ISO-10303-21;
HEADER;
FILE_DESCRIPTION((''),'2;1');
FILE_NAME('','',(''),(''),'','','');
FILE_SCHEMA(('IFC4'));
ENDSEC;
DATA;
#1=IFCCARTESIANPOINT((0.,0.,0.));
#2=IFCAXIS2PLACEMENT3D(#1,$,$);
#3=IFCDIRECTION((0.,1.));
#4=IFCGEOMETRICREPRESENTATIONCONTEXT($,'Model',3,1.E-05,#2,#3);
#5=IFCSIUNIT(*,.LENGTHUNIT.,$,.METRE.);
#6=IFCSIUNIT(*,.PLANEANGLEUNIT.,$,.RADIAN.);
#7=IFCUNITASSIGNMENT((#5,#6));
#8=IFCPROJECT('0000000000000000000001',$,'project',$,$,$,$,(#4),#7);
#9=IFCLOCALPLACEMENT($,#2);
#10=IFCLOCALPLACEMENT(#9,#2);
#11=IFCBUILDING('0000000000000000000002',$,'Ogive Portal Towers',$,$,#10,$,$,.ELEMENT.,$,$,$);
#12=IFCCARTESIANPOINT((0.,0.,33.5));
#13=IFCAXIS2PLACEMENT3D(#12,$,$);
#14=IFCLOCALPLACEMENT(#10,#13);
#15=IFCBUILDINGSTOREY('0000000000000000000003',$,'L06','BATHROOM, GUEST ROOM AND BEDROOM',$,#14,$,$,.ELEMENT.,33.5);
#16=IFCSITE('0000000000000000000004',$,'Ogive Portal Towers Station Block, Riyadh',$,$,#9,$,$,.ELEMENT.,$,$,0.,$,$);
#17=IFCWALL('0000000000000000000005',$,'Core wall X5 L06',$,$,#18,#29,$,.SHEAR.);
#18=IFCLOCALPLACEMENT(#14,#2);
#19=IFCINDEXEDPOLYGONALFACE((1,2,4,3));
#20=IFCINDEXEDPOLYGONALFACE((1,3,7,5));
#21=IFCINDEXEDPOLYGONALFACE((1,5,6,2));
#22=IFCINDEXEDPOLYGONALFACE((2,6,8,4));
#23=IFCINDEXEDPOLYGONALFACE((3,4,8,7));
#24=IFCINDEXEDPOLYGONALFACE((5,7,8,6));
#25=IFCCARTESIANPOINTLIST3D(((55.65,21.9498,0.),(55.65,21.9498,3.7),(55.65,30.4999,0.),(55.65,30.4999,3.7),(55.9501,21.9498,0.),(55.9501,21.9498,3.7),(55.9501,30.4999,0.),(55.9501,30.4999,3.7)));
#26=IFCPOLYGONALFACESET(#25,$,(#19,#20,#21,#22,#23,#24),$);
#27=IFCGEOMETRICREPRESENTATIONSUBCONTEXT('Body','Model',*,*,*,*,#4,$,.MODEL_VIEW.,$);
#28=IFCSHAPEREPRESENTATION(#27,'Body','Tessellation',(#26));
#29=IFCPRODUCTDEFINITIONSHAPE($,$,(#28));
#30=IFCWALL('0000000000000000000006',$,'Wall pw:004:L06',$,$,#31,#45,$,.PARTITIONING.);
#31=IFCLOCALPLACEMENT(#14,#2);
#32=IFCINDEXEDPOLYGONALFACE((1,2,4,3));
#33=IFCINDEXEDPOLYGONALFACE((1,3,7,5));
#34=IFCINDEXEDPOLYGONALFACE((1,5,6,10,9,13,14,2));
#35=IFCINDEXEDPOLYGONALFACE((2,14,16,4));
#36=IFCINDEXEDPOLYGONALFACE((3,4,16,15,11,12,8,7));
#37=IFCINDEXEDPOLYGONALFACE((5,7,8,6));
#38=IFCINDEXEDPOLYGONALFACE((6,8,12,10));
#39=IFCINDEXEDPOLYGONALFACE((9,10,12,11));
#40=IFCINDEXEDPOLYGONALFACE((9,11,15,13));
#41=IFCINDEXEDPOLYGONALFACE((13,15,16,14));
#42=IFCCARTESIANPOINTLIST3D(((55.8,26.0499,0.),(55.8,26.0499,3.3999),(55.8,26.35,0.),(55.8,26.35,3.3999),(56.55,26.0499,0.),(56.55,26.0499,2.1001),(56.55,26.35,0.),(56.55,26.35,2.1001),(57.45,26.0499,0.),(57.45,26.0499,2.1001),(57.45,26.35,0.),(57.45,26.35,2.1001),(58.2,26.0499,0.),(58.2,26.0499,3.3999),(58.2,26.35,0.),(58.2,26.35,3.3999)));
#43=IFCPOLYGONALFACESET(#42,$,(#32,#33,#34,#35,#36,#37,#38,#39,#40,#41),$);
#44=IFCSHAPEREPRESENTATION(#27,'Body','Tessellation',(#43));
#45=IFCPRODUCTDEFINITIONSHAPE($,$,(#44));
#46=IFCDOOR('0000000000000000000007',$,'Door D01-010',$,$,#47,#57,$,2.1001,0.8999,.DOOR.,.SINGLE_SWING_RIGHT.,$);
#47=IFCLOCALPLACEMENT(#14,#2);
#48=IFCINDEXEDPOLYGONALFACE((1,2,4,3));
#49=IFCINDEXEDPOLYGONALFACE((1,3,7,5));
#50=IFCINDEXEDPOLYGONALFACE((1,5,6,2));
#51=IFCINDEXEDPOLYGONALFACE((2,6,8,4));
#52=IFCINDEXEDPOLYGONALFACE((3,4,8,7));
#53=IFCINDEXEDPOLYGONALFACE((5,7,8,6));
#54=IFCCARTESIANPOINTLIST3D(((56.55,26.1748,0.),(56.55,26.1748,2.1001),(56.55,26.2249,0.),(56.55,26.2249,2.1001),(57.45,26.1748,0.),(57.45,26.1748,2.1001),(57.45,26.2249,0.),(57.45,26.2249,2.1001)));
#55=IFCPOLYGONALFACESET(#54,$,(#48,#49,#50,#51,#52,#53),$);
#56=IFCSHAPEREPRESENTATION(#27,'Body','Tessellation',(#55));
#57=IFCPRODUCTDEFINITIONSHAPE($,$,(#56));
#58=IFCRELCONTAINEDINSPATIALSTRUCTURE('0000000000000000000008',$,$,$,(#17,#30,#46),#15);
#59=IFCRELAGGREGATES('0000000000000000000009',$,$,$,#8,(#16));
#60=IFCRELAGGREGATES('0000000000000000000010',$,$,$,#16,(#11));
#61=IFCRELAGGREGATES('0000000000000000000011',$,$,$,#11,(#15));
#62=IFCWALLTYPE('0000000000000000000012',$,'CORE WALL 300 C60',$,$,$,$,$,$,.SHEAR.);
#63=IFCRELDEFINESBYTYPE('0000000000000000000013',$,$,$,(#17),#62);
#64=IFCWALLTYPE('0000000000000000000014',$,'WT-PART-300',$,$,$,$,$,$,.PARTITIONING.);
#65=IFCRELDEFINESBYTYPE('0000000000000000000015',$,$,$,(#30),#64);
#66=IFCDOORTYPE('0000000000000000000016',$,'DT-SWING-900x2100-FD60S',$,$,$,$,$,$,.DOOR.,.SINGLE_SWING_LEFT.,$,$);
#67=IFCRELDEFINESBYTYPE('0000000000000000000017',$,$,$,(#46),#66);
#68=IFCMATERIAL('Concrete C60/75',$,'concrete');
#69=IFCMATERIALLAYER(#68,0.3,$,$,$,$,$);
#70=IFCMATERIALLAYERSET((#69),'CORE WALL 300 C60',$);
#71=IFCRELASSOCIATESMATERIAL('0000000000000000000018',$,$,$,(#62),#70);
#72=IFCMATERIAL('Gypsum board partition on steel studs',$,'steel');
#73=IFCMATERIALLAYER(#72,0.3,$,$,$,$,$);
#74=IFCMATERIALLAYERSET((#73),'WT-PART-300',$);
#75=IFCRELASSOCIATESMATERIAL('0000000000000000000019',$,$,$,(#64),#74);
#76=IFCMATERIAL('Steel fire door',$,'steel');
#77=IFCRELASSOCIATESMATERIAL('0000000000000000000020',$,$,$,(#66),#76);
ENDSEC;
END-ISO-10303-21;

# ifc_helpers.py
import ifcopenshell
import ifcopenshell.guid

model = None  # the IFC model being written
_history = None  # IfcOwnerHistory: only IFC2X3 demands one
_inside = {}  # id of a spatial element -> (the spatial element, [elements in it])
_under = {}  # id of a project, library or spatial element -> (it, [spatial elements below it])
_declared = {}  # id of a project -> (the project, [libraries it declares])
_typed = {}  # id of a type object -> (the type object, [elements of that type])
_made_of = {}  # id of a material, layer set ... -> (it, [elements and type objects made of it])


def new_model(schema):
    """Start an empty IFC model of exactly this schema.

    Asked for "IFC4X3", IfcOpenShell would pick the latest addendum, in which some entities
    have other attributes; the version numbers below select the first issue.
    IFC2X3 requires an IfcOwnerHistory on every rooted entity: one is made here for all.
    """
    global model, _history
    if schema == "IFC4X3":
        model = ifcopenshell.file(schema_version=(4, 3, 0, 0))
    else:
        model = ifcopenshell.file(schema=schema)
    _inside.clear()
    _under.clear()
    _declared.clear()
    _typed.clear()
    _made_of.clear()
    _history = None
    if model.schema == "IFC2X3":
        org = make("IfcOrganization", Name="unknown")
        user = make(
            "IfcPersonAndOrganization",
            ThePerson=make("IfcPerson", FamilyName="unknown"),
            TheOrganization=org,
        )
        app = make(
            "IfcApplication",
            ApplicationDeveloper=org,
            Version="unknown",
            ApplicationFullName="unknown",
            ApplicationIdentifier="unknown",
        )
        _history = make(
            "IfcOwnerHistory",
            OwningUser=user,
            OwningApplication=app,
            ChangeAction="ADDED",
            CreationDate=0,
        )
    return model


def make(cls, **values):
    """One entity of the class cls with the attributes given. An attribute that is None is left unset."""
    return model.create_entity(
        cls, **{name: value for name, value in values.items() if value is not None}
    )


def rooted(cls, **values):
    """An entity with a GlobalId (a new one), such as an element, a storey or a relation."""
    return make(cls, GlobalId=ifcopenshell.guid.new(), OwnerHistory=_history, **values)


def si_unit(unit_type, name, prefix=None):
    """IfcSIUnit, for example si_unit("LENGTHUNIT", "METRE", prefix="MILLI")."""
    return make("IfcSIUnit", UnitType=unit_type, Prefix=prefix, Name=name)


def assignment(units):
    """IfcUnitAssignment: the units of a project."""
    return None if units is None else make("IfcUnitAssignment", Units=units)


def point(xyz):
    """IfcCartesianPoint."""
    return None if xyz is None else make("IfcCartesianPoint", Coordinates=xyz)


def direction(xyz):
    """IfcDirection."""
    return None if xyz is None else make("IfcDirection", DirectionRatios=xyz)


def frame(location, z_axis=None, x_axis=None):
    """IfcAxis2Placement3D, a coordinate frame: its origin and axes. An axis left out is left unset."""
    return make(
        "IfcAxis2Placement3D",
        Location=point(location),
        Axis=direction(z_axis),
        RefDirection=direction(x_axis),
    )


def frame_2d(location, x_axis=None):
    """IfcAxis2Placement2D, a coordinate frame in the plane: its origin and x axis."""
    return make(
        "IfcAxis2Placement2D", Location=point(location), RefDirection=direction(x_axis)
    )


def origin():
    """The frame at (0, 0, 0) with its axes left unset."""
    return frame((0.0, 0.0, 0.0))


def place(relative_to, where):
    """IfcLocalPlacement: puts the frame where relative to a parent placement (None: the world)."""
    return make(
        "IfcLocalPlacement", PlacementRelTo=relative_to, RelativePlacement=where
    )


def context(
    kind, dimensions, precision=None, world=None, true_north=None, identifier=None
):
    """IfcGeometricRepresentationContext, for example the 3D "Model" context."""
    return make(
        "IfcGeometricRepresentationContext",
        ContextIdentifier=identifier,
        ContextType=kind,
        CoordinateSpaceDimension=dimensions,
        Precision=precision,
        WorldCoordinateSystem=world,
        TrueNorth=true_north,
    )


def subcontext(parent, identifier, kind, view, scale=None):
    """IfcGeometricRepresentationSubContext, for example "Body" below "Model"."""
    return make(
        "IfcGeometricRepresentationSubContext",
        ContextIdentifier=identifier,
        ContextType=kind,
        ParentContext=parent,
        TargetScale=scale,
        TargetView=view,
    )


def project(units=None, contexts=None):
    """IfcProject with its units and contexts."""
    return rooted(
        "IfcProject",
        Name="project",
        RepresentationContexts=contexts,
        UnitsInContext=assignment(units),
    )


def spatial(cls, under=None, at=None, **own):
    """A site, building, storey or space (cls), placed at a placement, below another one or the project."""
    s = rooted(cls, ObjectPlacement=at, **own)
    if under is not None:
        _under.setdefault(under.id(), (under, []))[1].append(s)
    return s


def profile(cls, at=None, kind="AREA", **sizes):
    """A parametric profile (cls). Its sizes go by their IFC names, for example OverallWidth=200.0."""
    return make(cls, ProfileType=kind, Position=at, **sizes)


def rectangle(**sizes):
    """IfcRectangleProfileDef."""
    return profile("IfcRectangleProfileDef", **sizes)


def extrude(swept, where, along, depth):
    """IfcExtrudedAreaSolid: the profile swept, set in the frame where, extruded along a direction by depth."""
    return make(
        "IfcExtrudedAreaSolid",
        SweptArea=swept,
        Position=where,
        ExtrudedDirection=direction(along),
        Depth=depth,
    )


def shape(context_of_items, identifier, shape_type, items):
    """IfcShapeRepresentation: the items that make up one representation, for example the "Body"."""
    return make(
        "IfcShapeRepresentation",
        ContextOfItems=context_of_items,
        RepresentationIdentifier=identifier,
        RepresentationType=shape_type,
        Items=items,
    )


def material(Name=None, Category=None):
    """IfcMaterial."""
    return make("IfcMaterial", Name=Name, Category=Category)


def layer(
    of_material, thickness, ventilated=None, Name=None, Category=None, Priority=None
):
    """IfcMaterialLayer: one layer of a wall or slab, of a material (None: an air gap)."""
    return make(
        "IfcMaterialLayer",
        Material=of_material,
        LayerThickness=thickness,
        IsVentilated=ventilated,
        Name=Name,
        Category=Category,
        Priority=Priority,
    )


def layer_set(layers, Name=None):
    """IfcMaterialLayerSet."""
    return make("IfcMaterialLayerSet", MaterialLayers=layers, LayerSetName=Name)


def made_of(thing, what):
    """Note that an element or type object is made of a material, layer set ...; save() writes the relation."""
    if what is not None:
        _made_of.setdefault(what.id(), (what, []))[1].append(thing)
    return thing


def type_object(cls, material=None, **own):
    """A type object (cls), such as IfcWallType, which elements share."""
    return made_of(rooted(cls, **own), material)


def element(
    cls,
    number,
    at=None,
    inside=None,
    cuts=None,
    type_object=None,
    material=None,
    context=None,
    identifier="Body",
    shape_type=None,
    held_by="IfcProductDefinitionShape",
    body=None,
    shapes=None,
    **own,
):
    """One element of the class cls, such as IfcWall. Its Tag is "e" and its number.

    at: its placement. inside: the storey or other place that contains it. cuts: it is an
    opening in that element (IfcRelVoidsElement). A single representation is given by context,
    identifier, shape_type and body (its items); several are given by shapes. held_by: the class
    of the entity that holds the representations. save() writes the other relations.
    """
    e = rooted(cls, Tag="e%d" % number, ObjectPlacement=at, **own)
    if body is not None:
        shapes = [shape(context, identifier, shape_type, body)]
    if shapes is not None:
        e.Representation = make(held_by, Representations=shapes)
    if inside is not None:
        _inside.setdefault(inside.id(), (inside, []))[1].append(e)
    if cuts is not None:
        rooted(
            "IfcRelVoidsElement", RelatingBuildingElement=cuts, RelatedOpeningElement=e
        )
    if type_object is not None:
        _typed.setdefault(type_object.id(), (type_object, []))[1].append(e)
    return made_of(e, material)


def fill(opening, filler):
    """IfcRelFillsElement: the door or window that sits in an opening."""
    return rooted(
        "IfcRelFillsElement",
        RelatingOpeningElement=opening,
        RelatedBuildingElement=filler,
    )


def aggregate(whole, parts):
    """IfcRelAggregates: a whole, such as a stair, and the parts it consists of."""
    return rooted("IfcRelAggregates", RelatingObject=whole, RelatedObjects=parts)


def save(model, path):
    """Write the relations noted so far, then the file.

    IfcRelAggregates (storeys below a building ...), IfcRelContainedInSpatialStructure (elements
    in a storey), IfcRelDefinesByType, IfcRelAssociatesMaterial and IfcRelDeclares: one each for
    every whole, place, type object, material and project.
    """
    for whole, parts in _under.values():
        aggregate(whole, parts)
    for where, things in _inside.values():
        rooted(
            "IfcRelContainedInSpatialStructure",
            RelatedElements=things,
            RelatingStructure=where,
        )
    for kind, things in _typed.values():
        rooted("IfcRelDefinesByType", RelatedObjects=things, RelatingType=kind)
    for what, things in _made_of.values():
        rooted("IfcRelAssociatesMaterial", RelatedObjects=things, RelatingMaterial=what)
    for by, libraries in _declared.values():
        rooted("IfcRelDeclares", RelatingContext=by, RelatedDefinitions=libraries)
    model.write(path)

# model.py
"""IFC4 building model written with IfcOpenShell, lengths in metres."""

from ifc_helpers import new_model, si_unit, direction, frame, frame_2d, origin, place, context, subcontext, project, spatial, rectangle, extrude, material, layer, layer_set, type_object, element, fill, save


model = new_model("IFC4")

# Units and contexts
model_context = context("Model", 3, precision=1e-05, world=origin(), true_north=direction((0.0, 1.0)))
body_context = subcontext(model_context, "Body", "Model", "MODEL_VIEW")
ifc_project = project(units=[si_unit("LENGTHUNIT", "METRE"), si_unit("PLANEANGLEUNIT", "RADIAN")], contexts=[model_context])

# Site, building, storey
site_placement = place(None, origin())
site = spatial("IfcSite", under=ifc_project, at=site_placement, Name="Ogive Portal Towers Station Block, Riyadh", CompositionType="ELEMENT", RefElevation=0.0)
building_placement = place(site_placement, origin())
building = spatial("IfcBuilding", under=site, at=building_placement, Name="Ogive Portal Towers", CompositionType="ELEMENT")
storey_placement = place(building_placement, frame((0.0, 0.0, 33.5)))
storey = spatial("IfcBuildingStorey", under=building, at=storey_placement, Name="L06", Description="BATHROOM, GUEST ROOM AND BEDROOM", CompositionType="ELEMENT", Elevation=33.5)

# Wall
ifc_material_1 = material(Name="Concrete C60/75", Category="concrete")
ifc_layer_1 = layer(ifc_material_1, 0.3)
ifc_layer_set_1 = layer_set([ifc_layer_1], Name="CORE WALL 300 C60")
wall_type_1 = type_object("IfcWallType", Name="CORE WALL 300 C60", PredefinedType="SHEAR", material=ifc_layer_set_1)
wall_1_placement = place(storey_placement, frame((55.8, 21.95, 0.0), z_axis=(0.0, 0.0, 1.0), x_axis=(0.0, 1.0, 0.0)))
element("IfcWall", 1, at=wall_1_placement, inside=storey, type_object=wall_type_1, Name="Core wall X5 L06", PredefinedType="SHEAR", context=body_context, shape_type="SweptSolid", body=[
    extrude(rectangle(XDim=8.55, YDim=0.3, at=frame_2d((4.2749, 0.0))), origin(), (0.0, 0.0, 1.0), 3.7),
])

# Wall, opening, door
ifc_material_2 = material(Name="Gypsum board partition on steel studs", Category="steel")
ifc_layer_2 = layer(ifc_material_2, 0.3)
ifc_layer_set_2 = layer_set([ifc_layer_2], Name="WT-PART-300")
wall_type_2 = type_object("IfcWallType", Name="WT-PART-300", PredefinedType="PARTITIONING", material=ifc_layer_set_2)
wall_2_placement = place(storey_placement, frame((55.8, 26.2, 0.0), z_axis=(0.0, 0.0, 1.0), x_axis=(1.0, 0.0, 0.0)))
wall_2 = element("IfcWall", 2, at=wall_2_placement, inside=storey, type_object=wall_type_2, Name="Wall pw:004:L06", PredefinedType="PARTITIONING", context=body_context, shape_type="SweptSolid", body=[
    extrude(rectangle(XDim=2.3999, YDim=0.3, at=frame_2d((1.2, 0.0))), origin(), (0.0, 0.0, 1.0), 3.3999),
])
opening_1_placement = place(wall_2_placement, frame((0.75, 0.0, 0.0)))
opening_1 = element("IfcOpeningElement", 3, at=opening_1_placement, cuts=wall_2, PredefinedType="OPENING", context=body_context, shape_type="SweptSolid", body=[
    extrude(rectangle(XDim=0.8999, YDim=2.1001, at=frame_2d((0.45, 1.05))), frame((0.0, 0.1602, 0.0), z_axis=(0.0, -1.0, 0.0), x_axis=(1.0, 0.0, 0.0)), (0.0, 0.0, 1.0), 0.3201),
])
ifc_material_3 = material(Name="Steel fire door", Category="steel")
door_type_1 = type_object("IfcDoorType", Name="DT-SWING-900x2100-FD60S", OperationType="SINGLE_SWING_LEFT", PredefinedType="DOOR", material=ifc_material_3)
door_1_placement = place(opening_1_placement, origin())
door_1 = element("IfcDoor", 4, at=door_1_placement, inside=storey, type_object=door_type_1, Name="Door D01-010", OperationType="SINGLE_SWING_RIGHT", OverallHeight=2.1001, OverallWidth=0.8999, PredefinedType="DOOR", context=body_context, shape_type="SweptSolid", body=[
    extrude(rectangle(XDim=0.8999, YDim=2.1001, at=frame_2d((0.45, 1.05))), frame((0.0, 0.0249, 0.0), z_axis=(0.0, -1.0, 0.0), x_axis=(1.0, 0.0, 0.0)), (0.0, 0.0, 1.0), 0.05),
])
fill(opening_1, door_1)

save(model, "model.ifc")
